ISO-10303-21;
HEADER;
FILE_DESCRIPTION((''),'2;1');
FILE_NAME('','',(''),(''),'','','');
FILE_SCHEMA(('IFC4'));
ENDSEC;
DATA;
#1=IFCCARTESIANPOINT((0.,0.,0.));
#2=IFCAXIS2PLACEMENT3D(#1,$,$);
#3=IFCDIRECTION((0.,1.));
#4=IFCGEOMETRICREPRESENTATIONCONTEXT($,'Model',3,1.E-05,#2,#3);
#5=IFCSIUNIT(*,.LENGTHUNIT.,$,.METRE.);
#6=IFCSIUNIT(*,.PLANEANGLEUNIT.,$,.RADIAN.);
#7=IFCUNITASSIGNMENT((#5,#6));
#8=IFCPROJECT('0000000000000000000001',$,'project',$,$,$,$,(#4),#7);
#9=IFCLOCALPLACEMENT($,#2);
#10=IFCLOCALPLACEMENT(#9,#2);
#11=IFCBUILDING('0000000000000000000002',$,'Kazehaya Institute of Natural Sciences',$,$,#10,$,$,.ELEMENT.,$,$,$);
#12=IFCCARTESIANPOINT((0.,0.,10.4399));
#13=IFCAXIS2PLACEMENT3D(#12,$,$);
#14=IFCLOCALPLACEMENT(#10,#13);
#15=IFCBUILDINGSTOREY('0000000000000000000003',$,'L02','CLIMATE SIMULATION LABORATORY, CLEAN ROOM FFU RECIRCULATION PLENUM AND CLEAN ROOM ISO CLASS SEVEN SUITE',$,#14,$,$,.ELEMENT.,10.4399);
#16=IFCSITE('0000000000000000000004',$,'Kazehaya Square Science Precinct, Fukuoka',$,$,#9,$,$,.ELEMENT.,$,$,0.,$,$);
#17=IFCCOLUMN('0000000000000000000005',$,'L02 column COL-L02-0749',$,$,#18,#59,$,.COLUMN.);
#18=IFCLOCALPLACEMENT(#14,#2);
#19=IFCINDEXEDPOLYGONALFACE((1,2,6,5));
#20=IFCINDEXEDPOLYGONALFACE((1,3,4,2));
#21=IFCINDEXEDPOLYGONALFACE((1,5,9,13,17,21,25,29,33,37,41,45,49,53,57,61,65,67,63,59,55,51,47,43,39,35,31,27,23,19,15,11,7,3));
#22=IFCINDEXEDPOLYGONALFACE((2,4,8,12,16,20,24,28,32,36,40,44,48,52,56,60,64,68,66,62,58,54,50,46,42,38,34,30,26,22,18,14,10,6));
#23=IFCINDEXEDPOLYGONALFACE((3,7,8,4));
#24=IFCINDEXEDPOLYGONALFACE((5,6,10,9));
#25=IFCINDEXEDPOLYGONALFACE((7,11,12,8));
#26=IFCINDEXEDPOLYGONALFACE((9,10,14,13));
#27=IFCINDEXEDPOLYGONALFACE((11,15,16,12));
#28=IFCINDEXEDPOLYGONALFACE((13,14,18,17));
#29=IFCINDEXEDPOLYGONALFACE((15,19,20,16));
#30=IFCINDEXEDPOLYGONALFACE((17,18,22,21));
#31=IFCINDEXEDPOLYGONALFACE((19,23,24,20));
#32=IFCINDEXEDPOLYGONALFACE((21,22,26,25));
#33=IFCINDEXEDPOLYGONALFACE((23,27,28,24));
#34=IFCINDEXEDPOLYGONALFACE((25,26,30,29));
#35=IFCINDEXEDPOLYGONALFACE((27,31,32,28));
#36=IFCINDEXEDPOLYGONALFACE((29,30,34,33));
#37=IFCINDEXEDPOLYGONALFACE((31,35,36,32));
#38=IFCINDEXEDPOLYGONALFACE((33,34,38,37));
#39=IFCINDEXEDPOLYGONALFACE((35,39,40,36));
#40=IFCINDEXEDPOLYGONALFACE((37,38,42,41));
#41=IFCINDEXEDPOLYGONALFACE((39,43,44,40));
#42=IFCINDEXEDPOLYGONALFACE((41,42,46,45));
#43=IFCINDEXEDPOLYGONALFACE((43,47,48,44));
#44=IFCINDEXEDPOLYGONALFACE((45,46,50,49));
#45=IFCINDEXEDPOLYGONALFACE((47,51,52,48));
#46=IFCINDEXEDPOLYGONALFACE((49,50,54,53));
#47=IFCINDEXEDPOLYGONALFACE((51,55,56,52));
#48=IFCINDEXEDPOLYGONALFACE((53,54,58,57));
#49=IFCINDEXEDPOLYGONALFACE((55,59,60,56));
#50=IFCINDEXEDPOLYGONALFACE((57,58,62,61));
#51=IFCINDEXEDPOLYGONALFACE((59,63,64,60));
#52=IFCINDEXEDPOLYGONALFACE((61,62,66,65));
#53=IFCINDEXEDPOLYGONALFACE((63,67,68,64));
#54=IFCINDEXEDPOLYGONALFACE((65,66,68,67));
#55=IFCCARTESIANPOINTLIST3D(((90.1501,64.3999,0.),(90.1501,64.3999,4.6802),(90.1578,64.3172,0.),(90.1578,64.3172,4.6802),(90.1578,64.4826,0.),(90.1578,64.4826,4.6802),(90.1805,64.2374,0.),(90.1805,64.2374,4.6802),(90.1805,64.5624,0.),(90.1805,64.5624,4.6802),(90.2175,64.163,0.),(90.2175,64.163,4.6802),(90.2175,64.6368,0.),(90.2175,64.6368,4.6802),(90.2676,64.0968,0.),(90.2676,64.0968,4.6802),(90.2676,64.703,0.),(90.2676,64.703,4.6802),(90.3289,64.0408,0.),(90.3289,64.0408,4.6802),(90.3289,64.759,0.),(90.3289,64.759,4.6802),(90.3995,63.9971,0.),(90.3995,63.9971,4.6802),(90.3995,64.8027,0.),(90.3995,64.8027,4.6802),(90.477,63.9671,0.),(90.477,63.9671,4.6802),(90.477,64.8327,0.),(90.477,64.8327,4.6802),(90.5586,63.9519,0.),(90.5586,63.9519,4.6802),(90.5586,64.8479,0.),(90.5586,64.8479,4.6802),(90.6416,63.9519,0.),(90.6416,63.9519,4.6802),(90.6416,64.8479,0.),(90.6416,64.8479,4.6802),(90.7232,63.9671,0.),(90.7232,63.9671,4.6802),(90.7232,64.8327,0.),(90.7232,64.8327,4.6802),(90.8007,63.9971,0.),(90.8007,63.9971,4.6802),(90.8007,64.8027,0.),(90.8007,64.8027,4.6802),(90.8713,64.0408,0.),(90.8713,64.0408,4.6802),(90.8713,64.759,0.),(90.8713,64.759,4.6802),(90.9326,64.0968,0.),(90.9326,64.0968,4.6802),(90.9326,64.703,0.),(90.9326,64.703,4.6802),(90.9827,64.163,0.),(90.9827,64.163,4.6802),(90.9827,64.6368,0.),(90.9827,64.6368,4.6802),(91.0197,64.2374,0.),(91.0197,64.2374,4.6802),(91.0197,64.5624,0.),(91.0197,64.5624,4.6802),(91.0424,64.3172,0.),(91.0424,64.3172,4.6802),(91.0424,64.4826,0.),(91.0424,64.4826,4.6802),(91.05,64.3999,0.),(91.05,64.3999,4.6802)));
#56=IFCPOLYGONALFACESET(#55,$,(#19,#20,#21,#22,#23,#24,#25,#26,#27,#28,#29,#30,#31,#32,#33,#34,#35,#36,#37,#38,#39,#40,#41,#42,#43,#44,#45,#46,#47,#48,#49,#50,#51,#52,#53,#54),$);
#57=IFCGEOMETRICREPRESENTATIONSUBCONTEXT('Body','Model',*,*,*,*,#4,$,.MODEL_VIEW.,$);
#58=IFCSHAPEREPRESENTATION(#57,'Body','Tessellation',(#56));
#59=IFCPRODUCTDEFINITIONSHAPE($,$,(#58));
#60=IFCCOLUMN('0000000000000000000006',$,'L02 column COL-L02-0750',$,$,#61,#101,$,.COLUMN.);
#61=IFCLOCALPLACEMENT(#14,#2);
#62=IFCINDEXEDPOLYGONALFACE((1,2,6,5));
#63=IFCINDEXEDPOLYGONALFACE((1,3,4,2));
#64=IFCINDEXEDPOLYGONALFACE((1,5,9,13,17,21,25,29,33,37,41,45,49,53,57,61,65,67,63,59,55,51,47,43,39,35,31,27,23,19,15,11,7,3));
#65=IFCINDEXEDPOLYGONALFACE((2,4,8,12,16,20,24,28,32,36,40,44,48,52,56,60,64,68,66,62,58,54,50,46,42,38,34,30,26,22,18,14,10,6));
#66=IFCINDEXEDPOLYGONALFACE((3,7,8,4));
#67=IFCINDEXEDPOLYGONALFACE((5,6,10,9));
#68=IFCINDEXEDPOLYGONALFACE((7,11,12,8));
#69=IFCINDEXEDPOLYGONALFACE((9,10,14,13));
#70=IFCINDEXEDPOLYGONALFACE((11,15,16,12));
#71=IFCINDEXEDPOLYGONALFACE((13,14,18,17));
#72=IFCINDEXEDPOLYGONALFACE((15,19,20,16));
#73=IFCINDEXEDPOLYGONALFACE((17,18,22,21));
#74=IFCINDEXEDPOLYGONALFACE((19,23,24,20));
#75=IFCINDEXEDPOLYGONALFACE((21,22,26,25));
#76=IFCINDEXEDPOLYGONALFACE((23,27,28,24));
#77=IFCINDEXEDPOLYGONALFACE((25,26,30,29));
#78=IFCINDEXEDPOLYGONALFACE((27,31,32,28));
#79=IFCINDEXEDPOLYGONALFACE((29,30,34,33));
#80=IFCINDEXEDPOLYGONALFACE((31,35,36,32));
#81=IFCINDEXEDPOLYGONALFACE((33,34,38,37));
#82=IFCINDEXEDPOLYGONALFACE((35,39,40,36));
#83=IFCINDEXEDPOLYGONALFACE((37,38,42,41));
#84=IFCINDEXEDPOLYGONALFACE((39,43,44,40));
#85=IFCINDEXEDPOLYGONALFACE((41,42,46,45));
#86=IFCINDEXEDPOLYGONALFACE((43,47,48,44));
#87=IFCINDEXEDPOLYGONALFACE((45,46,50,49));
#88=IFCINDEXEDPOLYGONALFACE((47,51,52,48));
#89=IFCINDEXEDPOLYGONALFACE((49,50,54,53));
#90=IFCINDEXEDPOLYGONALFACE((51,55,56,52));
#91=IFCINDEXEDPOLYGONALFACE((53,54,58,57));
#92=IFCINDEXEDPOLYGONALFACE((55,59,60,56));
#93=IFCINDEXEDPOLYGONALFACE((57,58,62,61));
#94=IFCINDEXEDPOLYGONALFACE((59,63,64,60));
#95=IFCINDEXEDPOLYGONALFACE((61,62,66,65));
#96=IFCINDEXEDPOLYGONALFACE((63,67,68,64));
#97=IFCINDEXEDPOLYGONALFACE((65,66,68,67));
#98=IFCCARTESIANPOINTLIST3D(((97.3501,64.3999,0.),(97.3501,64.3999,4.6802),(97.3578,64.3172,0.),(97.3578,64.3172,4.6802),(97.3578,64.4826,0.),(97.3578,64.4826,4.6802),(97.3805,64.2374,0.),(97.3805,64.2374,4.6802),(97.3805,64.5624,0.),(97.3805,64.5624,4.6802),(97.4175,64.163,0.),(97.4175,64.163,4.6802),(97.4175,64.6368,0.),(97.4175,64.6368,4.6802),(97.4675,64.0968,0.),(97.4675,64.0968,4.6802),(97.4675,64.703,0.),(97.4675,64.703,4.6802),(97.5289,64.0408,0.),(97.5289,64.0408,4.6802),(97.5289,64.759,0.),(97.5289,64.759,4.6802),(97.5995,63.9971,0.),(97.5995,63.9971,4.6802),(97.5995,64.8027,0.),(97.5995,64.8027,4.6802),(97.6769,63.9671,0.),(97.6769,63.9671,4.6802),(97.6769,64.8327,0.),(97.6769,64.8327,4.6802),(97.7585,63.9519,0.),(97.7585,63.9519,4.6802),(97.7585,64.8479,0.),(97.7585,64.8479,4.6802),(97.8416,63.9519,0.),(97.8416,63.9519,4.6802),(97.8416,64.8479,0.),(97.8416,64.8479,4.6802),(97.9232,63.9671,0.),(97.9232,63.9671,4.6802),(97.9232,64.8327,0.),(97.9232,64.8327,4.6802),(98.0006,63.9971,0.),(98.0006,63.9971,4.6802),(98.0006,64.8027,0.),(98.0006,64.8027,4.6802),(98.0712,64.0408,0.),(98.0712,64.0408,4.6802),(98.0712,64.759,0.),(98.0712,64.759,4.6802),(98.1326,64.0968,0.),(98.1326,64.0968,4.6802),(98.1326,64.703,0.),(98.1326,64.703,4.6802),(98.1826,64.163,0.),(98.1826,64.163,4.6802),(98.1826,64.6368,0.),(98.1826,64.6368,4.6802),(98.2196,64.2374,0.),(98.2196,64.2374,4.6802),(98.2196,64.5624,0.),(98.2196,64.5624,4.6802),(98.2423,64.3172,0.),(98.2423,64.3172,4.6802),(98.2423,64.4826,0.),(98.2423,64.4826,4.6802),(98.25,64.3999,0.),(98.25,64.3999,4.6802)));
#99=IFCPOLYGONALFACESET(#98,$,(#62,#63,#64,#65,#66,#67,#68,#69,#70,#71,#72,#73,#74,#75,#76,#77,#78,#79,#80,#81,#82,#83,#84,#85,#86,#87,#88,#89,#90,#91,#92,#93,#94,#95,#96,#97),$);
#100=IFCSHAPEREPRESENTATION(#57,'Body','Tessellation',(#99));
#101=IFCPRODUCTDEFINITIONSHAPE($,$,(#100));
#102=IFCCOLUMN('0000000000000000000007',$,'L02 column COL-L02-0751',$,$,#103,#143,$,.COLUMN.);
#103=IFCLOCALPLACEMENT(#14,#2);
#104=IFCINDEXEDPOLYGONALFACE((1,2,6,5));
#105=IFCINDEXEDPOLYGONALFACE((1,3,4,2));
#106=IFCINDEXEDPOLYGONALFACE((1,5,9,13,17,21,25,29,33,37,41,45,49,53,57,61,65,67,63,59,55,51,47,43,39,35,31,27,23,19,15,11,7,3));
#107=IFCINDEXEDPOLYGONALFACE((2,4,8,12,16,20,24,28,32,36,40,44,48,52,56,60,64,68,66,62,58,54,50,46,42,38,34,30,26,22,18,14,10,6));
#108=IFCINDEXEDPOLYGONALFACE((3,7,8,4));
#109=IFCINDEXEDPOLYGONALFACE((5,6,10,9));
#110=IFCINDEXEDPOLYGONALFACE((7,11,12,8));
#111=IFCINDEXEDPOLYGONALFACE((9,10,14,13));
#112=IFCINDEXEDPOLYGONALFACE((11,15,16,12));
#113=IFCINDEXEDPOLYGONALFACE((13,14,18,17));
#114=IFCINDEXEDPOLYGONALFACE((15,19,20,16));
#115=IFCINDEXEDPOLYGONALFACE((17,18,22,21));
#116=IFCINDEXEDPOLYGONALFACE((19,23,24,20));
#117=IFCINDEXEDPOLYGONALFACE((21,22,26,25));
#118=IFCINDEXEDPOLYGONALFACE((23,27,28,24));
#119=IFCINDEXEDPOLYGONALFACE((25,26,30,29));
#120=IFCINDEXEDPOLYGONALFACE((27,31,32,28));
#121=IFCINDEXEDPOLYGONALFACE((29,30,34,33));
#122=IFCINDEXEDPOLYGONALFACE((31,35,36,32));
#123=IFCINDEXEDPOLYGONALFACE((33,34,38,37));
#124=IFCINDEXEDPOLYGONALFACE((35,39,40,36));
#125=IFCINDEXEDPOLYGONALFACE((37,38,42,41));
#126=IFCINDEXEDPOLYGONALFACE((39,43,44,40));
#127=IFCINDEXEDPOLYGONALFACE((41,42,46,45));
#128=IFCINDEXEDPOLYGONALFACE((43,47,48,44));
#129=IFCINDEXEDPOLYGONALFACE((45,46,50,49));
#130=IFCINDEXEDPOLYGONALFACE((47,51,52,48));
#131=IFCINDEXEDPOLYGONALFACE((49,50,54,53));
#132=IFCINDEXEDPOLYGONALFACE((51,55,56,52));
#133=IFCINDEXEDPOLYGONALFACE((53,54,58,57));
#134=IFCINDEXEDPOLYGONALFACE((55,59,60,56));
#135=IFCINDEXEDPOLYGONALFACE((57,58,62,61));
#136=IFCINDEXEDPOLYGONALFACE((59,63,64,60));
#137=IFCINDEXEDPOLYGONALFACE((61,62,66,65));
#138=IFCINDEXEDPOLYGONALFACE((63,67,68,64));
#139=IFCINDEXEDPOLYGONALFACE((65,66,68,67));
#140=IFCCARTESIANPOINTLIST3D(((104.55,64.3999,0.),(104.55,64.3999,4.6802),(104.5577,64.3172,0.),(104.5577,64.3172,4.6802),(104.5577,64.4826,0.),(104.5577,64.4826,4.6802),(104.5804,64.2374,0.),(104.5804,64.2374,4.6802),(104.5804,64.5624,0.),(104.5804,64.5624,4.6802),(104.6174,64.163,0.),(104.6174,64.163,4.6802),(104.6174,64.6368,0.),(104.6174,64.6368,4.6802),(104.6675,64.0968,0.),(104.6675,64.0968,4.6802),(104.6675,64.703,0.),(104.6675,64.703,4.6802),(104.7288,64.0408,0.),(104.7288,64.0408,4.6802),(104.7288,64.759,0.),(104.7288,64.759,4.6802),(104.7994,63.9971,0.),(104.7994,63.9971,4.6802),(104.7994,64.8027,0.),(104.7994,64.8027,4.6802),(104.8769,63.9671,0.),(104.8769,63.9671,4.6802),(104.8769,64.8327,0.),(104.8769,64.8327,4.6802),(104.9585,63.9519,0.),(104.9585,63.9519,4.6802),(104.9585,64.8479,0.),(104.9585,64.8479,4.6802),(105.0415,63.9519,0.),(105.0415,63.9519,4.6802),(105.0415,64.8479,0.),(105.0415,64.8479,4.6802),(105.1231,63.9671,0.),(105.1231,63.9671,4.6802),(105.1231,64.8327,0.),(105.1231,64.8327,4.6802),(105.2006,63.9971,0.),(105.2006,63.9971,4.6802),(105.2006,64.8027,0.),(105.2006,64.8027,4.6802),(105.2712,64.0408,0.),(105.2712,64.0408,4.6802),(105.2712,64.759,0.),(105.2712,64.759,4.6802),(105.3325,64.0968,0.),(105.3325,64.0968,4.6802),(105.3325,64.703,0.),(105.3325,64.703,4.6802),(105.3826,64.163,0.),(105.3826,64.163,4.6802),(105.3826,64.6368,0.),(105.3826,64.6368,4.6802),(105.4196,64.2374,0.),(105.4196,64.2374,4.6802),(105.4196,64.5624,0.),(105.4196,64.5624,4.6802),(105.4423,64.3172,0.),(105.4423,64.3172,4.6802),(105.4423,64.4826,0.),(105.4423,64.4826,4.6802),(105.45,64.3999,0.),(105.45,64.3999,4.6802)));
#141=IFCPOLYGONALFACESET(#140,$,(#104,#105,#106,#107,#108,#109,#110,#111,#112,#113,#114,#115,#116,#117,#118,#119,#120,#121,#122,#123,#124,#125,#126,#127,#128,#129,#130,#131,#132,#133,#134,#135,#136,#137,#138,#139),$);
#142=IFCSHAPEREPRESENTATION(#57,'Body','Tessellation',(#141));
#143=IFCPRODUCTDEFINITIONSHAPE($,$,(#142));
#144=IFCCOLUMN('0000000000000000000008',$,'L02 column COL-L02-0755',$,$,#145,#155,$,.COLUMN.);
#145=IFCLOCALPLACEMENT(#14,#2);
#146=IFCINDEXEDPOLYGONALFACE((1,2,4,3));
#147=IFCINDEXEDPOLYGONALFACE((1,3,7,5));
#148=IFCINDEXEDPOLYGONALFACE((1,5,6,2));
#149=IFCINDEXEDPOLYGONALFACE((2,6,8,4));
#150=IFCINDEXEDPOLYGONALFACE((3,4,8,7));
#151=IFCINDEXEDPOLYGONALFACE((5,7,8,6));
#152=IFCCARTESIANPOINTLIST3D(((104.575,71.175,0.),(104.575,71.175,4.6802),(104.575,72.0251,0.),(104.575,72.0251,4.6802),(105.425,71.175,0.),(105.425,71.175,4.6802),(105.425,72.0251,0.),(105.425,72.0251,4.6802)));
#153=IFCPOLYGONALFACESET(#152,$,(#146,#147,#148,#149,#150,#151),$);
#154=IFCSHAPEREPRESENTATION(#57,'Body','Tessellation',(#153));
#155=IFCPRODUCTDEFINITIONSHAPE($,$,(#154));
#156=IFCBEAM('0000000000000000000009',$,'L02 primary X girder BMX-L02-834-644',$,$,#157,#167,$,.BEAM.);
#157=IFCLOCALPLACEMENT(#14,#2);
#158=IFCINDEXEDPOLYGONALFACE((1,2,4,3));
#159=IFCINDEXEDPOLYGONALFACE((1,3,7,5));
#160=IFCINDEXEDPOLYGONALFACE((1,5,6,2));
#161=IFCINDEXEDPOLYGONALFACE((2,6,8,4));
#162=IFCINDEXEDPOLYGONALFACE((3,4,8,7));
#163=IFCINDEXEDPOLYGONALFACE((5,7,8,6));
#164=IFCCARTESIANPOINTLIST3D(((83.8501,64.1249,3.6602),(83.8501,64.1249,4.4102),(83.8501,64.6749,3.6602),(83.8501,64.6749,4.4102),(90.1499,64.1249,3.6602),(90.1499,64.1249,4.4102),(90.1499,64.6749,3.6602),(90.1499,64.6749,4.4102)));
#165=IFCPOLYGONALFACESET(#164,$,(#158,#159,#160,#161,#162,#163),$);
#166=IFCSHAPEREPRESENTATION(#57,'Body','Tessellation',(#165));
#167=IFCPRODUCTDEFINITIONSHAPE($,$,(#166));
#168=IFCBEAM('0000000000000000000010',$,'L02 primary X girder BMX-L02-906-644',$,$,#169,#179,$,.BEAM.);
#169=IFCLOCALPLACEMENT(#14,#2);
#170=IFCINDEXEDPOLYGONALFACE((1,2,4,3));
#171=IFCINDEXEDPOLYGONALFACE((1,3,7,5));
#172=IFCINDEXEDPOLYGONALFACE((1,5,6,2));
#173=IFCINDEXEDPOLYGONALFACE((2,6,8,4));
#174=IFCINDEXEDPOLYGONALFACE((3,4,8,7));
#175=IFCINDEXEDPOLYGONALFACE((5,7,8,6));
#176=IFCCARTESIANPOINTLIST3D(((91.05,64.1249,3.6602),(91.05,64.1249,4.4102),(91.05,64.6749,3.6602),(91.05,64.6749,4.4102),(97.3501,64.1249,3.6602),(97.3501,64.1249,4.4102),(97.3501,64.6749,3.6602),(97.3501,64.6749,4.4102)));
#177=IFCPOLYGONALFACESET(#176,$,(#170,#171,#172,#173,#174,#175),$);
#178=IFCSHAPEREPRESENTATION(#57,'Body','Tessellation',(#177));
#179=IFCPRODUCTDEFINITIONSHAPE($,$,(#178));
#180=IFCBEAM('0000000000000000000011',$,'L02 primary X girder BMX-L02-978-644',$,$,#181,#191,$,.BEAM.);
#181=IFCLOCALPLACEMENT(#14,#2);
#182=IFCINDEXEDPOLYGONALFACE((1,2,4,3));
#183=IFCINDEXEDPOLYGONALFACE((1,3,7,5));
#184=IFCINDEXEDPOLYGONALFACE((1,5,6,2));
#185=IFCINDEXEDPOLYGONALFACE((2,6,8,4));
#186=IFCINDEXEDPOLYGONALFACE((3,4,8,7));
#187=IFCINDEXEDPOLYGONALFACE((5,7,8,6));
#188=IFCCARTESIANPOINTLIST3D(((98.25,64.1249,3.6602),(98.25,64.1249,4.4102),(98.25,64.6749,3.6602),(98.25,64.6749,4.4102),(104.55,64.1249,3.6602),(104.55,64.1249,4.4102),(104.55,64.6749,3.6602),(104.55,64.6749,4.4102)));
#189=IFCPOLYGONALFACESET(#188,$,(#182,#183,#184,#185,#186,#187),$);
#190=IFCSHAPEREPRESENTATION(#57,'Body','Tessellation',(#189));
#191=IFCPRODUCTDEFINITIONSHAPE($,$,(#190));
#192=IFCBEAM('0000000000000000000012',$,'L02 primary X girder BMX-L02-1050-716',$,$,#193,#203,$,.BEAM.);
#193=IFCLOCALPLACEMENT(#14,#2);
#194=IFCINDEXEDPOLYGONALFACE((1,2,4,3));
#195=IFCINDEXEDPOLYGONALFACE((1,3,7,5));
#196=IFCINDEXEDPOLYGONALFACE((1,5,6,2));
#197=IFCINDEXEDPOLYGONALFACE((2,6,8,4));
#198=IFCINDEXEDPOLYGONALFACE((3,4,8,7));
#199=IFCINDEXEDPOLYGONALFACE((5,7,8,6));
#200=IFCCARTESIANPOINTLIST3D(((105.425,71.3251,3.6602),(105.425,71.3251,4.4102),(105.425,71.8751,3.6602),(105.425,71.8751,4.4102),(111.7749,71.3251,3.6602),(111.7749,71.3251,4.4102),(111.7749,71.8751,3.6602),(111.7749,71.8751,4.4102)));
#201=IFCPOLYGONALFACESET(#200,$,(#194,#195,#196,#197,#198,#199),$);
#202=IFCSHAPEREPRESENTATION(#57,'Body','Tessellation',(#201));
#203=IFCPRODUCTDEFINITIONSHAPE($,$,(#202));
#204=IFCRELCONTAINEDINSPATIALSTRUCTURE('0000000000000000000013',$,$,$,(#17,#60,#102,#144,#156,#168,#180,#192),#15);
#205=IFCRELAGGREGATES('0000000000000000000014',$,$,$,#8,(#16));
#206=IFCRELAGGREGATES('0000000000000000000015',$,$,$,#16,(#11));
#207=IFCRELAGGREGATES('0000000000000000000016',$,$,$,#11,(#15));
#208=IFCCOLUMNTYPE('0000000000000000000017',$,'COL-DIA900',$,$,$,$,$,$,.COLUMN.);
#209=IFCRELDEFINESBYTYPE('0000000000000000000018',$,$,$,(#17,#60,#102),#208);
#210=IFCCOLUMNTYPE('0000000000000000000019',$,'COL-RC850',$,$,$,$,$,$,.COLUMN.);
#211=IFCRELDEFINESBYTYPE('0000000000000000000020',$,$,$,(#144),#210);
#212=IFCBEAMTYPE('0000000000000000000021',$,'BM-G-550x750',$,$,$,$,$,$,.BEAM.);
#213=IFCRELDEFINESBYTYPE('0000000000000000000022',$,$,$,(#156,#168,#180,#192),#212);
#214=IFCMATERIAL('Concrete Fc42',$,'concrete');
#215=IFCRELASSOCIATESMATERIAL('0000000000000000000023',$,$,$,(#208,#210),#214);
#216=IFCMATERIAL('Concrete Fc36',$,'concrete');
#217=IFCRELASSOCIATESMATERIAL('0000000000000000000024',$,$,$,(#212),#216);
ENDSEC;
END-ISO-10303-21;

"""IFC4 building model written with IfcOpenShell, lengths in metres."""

from ifc_helpers import new_model, si_unit, direction, frame, origin, origin_2d, place, context, subcontext, project, spatial, rectangle, circle, extrude, material, material_profile, profile_set, type_object, element, save


model = new_model("IFC4")

# Units and contexts
model_context = context("Model", 3, precision=1e-05, world=origin(), true_north=direction((0.0, 1.0)))
body_context = subcontext(model_context, "Body", "Model", "MODEL_VIEW")
ifc_project = project(units=[si_unit("LENGTHUNIT", "METRE"), si_unit("PLANEANGLEUNIT", "RADIAN")], contexts=[model_context])

# Site, building, storey
site_placement = place(None, origin())
site = spatial("IfcSite", under=ifc_project, at=site_placement, Name="Kazehaya Square Science Precinct, Fukuoka", CompositionType="ELEMENT", RefElevation=0.0)
building_placement = place(site_placement, origin())
building = spatial("IfcBuilding", under=site, at=building_placement, Name="Kazehaya Institute of Natural Sciences", CompositionType="ELEMENT")
storey_placement = place(building_placement, frame((0.0, 0.0, 10.4399)))
storey = spatial("IfcBuildingStorey", under=building, at=storey_placement, Name="L02", Description="CLIMATE SIMULATION LABORATORY, CLEAN ROOM FFU RECIRCULATION PLENUM AND CLEAN ROOM ISO CLASS SEVEN SUITE", CompositionType="ELEMENT", Elevation=10.4399)

# Columns
ifc_material_1 = material(Name="Concrete Fc42", Category="concrete")
ifc_material_profile_1 = material_profile(ifc_material_1, circle(Radius=0.45, at=origin_2d()), Name="RC-DIA900")
ifc_profile_set_1 = profile_set([ifc_material_profile_1], Name="Concrete Fc42")
column_type_1 = type_object("IfcColumnType", Name="COL-DIA900", PredefinedType="COLUMN", material=ifc_profile_set_1)
for number, where, z_axis, x_axis, name in (
    (1, (90.6001, 64.3999, 0.0), (0.0, 0.0, 1.0), (1.0, 0.0, 0.0), "L02 column COL-L02-0749"),
    (2, (97.8, 64.3999, 0.0), (0.0, 0.0, 1.0), (1.0, 0.0, 0.0), "L02 column COL-L02-0750"),
    (3, (105.0, 64.3999, 0.0), (0.0, 0.0, 1.0), (1.0, 0.0, 0.0), "L02 column COL-L02-0751"),
):
    element("IfcColumn", number, at=place(storey_placement, frame(where, z_axis=z_axis, x_axis=x_axis)), inside=storey, type_object=column_type_1, Name=name, PredefinedType="COLUMN", context=body_context, shape_type="SweptSolid", body=[
        extrude(circle(Radius=0.45, at=origin_2d()), origin(), (0.0, 0.0, 1.0), 4.6802),
    ])
ifc_material_profile_2 = material_profile(ifc_material_1, rectangle(XDim=0.8501, YDim=0.8501, at=origin_2d()), Name="RC-850x850")
ifc_profile_set_2 = profile_set([ifc_material_profile_2], Name="Concrete Fc42")
column_type_2 = type_object("IfcColumnType", Name="COL-RC850", PredefinedType="COLUMN", material=ifc_profile_set_2)
column_placement = place(storey_placement, frame((105.0, 71.6001, 0.0), z_axis=(0.0, 0.0, 1.0), x_axis=(1.0, 0.0, 0.0)))
element("IfcColumn", 4, at=column_placement, inside=storey, type_object=column_type_2, Name="L02 column COL-L02-0755", PredefinedType="COLUMN", context=body_context, shape_type="SweptSolid", body=[
    extrude(rectangle(XDim=0.8501, YDim=0.8501, at=origin_2d()), origin(), (0.0, 0.0, 1.0), 4.6802),
])

# Beams
ifc_material_2 = material(Name="Concrete Fc36", Category="concrete")
ifc_material_profile_3 = material_profile(ifc_material_2, rectangle(XDim=0.55, YDim=0.75, at=origin_2d()), Name="RC-550x750")
ifc_profile_set_3 = profile_set([ifc_material_profile_3], Name="Concrete Fc36")
beam_type = type_object("IfcBeamType", Name="BM-G-550x750", PredefinedType="BEAM", material=ifc_profile_set_3)
beam_1_placement = place(storey_placement, frame((83.8501, 64.3999, 4.0352), z_axis=(1.0, 0.0, 0.0), x_axis=(0.0, 1.0, 0.0)))
element("IfcBeam", 5, at=beam_1_placement, inside=storey, type_object=beam_type, Name="L02 primary X girder BMX-L02-834-644", PredefinedType="BEAM", context=body_context, shape_type="SweptSolid", body=[
    extrude(rectangle(XDim=0.55, YDim=0.75, at=origin_2d()), origin(), (0.0, 0.0, 1.0), 6.2998),
])
for number, where, z_axis, x_axis, name in (
    (6, (91.05, 64.3999, 4.0352), (1.0, 0.0, 0.0), (0.0, 1.0, 0.0), "L02 primary X girder BMX-L02-906-644"),
    (7, (98.25, 64.3999, 4.0352), (1.0, 0.0, 0.0), (0.0, 1.0, 0.0), "L02 primary X girder BMX-L02-978-644"),
):
    element("IfcBeam", number, at=place(storey_placement, frame(where, z_axis=z_axis, x_axis=x_axis)), inside=storey, type_object=beam_type, Name=name, PredefinedType="BEAM", context=body_context, shape_type="SweptSolid", body=[
        extrude(rectangle(XDim=0.55, YDim=0.75, at=origin_2d()), origin(), (0.0, 0.0, 1.0), 6.3),
    ])
beam_2_placement = place(storey_placement, frame((105.425, 71.6001, 4.0352), z_axis=(1.0, 0.0, 0.0), x_axis=(0.0, 1.0, 0.0)))
element("IfcBeam", 8, at=beam_2_placement, inside=storey, type_object=beam_type, Name="L02 primary X girder BMX-L02-1050-716", PredefinedType="BEAM", context=body_context, shape_type="SweptSolid", body=[
    extrude(rectangle(XDim=0.55, YDim=0.75, at=origin_2d()), origin(), (0.0, 0.0, 1.0), 6.3499),
])

save(model, "model.ifc")
